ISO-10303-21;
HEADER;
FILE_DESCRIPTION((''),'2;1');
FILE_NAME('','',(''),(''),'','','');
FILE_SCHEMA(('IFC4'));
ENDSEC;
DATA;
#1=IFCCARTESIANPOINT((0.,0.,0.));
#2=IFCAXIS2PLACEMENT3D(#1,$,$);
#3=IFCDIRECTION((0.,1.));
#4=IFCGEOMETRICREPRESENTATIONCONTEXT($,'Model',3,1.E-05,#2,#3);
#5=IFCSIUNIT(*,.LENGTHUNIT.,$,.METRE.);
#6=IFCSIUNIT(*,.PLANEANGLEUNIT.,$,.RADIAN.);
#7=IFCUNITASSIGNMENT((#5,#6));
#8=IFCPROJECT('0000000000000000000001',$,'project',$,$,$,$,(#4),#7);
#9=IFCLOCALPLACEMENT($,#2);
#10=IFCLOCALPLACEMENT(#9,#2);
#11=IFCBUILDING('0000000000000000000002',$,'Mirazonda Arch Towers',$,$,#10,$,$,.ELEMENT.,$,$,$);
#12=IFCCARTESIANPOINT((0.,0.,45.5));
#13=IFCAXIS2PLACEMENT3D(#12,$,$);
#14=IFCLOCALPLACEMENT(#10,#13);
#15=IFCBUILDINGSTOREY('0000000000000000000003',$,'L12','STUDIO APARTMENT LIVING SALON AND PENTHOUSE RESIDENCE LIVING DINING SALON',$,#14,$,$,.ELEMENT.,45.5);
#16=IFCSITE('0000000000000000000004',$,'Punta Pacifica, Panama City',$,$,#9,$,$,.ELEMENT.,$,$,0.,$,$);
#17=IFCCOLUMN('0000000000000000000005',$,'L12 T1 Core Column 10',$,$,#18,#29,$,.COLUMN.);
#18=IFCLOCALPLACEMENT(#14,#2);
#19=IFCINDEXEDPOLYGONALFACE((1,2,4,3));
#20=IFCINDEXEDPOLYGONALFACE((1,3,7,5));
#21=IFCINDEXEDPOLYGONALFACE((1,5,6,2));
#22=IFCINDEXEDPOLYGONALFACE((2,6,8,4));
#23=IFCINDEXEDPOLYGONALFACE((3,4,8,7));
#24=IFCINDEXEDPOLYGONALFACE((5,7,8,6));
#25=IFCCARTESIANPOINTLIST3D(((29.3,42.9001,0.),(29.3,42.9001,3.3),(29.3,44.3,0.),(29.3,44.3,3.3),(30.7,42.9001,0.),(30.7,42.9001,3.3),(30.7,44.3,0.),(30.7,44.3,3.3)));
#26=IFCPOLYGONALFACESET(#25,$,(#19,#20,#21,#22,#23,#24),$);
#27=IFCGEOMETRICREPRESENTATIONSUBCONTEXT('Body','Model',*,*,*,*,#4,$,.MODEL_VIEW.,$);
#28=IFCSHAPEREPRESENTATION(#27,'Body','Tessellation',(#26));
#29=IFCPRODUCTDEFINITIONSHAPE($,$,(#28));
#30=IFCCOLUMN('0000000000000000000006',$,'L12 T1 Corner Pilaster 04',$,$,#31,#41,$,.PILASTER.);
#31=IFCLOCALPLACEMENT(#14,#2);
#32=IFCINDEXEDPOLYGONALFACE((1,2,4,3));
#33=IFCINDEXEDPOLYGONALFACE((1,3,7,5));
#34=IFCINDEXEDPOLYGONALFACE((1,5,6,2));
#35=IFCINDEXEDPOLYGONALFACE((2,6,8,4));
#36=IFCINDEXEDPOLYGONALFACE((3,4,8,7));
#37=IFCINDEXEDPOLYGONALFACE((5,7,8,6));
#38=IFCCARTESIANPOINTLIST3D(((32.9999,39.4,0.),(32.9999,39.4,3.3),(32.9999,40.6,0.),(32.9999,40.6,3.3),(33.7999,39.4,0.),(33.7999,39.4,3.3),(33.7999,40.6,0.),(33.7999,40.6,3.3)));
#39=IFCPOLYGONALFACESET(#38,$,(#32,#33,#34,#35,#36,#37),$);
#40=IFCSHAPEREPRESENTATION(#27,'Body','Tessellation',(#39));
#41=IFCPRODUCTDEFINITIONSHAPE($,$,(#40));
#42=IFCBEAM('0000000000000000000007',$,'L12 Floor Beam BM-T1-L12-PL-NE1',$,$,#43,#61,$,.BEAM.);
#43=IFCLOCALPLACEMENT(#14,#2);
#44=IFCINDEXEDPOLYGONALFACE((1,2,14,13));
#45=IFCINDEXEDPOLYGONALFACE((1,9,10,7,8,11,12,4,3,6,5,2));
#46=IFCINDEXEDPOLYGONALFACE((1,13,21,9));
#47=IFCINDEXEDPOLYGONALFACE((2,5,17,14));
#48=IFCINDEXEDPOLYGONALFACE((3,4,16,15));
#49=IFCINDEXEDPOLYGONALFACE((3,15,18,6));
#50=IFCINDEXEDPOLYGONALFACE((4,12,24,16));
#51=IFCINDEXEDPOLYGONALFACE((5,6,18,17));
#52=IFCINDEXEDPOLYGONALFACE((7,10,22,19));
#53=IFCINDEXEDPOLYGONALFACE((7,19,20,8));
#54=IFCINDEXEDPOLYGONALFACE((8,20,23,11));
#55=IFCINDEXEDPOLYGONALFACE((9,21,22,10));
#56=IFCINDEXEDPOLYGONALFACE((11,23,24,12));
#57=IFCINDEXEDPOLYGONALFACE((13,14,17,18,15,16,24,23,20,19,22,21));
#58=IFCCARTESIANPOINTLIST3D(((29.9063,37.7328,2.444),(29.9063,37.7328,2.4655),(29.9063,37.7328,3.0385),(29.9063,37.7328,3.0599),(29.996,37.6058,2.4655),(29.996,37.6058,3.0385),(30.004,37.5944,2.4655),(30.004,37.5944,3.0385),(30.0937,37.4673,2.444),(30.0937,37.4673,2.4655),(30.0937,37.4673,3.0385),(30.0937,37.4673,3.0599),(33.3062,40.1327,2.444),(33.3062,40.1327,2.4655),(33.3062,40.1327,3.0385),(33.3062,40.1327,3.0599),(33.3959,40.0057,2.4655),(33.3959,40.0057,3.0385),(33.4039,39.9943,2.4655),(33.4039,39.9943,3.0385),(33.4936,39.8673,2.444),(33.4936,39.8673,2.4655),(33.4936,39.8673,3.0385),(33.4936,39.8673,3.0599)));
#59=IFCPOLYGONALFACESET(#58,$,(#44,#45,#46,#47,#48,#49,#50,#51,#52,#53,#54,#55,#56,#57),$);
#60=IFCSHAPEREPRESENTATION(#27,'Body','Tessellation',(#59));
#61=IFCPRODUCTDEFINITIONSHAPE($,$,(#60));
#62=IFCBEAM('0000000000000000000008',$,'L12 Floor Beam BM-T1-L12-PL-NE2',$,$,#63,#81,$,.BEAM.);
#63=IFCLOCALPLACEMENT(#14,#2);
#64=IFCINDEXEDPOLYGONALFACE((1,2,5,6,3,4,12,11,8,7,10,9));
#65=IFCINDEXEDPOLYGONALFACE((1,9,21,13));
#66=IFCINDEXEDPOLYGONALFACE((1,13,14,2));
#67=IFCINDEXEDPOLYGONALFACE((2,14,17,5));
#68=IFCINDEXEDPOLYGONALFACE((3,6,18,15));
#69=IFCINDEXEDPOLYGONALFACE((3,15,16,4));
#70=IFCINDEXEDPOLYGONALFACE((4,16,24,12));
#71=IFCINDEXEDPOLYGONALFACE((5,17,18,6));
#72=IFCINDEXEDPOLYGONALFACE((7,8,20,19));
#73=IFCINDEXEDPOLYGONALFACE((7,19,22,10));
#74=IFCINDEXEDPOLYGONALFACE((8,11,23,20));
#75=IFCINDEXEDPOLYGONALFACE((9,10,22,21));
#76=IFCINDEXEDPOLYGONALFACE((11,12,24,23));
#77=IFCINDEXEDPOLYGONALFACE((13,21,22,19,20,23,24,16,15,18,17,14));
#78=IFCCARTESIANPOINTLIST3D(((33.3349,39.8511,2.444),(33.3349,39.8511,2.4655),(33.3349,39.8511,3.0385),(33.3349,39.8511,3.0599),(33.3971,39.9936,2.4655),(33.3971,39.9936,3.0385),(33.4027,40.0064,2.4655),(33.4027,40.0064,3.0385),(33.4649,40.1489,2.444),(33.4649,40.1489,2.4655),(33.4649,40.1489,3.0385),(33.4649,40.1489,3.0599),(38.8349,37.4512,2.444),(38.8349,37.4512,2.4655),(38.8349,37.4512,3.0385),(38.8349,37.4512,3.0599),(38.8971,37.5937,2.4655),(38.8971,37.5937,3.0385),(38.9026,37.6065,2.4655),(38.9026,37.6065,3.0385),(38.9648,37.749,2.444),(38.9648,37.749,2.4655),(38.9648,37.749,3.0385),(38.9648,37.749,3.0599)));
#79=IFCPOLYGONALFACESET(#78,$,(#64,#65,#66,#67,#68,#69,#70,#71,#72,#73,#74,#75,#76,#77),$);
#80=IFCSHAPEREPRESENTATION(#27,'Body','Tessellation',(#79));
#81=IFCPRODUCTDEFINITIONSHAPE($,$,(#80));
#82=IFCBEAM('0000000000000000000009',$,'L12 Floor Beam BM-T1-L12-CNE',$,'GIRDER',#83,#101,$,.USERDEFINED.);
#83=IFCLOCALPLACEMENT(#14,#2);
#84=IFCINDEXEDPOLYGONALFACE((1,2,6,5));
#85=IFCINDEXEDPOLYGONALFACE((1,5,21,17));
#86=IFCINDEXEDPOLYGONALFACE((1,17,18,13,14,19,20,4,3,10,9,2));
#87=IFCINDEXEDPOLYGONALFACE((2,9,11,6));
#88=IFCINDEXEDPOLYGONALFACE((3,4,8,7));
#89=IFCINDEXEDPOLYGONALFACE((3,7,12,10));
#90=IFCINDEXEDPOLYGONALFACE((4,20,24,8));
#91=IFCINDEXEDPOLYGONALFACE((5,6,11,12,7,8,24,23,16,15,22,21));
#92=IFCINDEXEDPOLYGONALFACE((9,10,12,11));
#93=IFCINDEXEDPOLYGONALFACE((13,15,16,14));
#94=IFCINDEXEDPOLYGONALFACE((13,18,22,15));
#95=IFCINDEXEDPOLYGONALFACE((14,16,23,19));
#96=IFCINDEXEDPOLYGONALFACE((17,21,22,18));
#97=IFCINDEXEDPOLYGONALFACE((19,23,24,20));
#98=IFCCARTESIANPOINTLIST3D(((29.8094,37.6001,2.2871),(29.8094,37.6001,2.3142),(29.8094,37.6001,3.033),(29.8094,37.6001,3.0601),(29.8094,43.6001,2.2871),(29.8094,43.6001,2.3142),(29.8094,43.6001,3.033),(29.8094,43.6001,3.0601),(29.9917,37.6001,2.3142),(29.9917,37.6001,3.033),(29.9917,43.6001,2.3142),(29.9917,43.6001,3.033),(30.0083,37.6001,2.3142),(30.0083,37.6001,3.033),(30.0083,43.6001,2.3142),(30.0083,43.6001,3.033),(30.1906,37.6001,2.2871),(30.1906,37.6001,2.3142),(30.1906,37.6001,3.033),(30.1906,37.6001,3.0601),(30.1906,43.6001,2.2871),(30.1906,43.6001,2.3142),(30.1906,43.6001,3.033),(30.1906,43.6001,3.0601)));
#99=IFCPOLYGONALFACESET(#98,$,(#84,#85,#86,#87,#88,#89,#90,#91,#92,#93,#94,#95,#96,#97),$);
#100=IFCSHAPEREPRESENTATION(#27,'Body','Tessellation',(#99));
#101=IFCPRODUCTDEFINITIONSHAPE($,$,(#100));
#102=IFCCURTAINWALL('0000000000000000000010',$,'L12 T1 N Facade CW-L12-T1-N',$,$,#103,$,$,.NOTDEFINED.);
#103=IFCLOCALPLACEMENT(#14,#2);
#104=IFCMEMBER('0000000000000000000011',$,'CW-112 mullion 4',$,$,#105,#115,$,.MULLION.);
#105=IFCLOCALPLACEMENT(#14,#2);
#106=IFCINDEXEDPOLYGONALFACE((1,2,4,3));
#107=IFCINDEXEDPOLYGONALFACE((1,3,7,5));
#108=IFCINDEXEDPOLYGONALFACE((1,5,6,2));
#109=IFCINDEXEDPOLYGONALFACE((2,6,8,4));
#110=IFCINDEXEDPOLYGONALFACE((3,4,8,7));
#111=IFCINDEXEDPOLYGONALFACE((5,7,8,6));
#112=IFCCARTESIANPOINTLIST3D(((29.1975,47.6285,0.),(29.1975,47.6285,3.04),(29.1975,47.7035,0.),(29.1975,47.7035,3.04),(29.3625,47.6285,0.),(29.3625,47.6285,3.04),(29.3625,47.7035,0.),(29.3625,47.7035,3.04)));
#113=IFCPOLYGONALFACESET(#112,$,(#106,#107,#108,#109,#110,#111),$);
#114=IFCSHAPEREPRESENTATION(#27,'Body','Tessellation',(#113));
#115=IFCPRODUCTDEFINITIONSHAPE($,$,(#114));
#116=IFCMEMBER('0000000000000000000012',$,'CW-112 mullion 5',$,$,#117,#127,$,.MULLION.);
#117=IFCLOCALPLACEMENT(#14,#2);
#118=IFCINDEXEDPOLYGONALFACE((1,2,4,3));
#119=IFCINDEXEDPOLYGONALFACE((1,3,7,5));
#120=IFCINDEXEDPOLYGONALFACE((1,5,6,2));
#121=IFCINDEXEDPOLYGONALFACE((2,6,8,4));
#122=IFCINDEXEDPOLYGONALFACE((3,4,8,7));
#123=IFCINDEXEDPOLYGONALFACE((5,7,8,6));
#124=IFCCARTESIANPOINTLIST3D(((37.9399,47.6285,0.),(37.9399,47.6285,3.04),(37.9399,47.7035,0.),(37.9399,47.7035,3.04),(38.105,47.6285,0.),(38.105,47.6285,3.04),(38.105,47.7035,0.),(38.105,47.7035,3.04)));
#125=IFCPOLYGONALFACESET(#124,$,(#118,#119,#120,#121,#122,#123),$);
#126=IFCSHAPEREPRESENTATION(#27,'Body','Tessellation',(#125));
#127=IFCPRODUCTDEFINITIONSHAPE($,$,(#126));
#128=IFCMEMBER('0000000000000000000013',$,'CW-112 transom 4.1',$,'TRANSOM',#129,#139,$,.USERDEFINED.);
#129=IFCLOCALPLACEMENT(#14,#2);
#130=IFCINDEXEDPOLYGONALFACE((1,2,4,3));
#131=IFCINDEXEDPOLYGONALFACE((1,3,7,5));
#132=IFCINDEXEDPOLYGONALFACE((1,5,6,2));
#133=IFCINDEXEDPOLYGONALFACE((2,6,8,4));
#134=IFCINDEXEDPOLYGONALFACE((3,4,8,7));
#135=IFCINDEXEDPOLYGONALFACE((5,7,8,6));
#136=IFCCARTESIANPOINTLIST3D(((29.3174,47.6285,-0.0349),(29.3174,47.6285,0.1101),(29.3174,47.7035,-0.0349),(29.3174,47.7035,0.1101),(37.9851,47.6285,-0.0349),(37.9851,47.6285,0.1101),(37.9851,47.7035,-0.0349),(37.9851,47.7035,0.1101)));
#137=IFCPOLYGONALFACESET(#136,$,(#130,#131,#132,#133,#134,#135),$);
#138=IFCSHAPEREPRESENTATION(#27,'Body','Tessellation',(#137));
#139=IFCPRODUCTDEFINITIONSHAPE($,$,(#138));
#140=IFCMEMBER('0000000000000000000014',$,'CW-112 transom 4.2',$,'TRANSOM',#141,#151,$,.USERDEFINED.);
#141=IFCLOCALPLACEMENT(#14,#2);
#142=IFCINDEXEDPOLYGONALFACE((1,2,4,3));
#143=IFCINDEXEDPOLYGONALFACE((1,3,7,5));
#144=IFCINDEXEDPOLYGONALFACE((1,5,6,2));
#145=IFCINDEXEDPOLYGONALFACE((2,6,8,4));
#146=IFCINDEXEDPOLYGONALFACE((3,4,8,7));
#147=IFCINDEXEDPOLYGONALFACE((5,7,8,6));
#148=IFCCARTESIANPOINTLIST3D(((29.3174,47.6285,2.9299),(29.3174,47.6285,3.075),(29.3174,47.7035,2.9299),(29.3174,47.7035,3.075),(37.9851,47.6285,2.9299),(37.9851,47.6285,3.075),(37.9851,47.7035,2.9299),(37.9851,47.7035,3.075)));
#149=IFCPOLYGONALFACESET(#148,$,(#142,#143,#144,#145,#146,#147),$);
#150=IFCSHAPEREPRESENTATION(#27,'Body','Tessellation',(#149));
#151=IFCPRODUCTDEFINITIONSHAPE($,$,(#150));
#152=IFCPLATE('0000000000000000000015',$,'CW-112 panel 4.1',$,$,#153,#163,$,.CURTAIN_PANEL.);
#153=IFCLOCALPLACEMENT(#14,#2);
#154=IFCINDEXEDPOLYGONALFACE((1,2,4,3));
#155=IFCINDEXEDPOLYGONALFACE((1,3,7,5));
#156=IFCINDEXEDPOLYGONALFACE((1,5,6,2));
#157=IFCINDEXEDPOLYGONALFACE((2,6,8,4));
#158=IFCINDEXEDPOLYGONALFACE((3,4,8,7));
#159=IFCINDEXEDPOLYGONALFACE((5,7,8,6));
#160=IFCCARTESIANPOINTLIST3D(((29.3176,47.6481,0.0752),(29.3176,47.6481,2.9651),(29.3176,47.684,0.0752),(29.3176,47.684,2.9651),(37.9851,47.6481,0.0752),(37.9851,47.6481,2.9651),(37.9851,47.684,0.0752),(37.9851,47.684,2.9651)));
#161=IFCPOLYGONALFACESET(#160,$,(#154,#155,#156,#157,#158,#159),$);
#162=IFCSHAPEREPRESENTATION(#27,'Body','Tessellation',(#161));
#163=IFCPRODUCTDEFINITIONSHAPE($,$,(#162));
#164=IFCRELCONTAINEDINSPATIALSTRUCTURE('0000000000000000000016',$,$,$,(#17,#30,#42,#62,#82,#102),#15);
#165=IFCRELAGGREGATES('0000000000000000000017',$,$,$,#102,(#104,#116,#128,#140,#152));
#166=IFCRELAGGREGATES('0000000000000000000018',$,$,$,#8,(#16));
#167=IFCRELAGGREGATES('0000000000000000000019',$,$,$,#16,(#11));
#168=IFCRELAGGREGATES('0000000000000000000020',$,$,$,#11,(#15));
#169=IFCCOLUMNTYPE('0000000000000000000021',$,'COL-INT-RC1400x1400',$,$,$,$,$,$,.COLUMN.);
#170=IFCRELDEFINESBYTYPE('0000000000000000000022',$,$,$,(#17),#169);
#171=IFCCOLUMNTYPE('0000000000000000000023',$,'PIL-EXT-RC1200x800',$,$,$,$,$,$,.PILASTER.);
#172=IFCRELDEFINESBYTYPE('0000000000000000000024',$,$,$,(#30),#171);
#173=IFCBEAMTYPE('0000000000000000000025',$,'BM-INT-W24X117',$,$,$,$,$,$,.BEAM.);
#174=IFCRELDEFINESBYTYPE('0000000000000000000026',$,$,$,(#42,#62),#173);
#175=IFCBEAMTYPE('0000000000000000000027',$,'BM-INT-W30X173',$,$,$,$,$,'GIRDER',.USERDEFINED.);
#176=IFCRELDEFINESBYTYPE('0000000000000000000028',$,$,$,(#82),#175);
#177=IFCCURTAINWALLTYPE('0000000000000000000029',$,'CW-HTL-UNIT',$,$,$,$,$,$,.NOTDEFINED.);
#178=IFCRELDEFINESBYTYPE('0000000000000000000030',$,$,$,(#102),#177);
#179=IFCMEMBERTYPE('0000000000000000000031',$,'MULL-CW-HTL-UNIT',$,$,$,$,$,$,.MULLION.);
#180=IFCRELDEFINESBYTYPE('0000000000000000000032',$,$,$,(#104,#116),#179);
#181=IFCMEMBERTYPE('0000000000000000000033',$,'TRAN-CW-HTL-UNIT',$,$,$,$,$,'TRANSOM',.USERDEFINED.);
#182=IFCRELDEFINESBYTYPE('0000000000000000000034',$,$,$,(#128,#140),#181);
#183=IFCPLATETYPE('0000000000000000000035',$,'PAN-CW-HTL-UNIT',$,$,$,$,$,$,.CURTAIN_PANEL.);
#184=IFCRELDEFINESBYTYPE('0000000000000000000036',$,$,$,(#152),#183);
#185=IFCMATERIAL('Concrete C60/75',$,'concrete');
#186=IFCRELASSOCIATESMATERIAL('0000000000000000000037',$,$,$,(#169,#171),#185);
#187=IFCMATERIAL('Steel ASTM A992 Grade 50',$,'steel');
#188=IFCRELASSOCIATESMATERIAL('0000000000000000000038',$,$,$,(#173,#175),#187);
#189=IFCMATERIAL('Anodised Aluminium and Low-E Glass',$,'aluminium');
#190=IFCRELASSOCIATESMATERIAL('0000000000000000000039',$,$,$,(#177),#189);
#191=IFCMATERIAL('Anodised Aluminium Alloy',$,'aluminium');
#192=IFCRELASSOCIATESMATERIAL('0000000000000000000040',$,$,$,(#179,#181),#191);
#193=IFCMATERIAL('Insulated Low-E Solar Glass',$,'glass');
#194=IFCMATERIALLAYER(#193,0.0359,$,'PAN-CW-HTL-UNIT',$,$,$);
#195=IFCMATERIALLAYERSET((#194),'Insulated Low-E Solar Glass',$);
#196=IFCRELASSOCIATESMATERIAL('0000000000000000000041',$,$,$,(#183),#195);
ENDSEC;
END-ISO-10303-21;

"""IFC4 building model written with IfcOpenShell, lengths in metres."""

from ifc_helpers import new_model, si_unit, direction, frame, origin, origin_2d, place, context, subcontext, project, spatial, rectangle, i_section, extrude, material, layer, layer_set, material_profile, profile_set, type_object, element, aggregate, save


model = new_model("IFC4")

# Units and contexts
model_context = context("Model", 3, precision=1e-05, world=origin(), true_north=direction((0.0, 1.0)))
body_context = subcontext(model_context, "Body", "Model", "MODEL_VIEW")
ifc_project = project(units=[si_unit("LENGTHUNIT", "METRE"), si_unit("PLANEANGLEUNIT", "RADIAN")], contexts=[model_context])

# Site, building, storey
site_placement = place(None, origin())
site = spatial("IfcSite", under=ifc_project, at=site_placement, Name="Punta Pacifica, Panama City", CompositionType="ELEMENT", RefElevation=0.0)
building_placement = place(site_placement, origin())
building = spatial("IfcBuilding", under=site, at=building_placement, Name="Mirazonda Arch Towers", CompositionType="ELEMENT")
storey_placement = place(building_placement, frame((0.0, 0.0, 45.5)))
storey = spatial("IfcBuildingStorey", under=building, at=storey_placement, Name="L12", Description="STUDIO APARTMENT LIVING SALON AND PENTHOUSE RESIDENCE LIVING DINING SALON", CompositionType="ELEMENT", Elevation=45.5)

# Columns
ifc_material_1 = material(Name="Concrete C60/75", Category="concrete")
ifc_material_profile_1 = material_profile(ifc_material_1, rectangle(XDim=1.3999, YDim=1.3999, at=origin_2d()), Name="RC1400x1400")
ifc_profile_set_1 = profile_set([ifc_material_profile_1], Name="Concrete C60/75")
column_type_1 = type_object("IfcColumnType", Name="COL-INT-RC1400x1400", PredefinedType="COLUMN", material=ifc_profile_set_1)
column_1_placement = place(storey_placement, frame((30.0, 43.6001, 0.0), z_axis=(0.0, 0.0, 1.0), x_axis=(1.0, 0.0, 0.0)))
element("IfcColumn", 1, at=column_1_placement, inside=storey, type_object=column_type_1, Name="L12 T1 Core Column 10", PredefinedType="COLUMN", context=body_context, shape_type="SweptSolid", body=[
    extrude(rectangle(XDim=1.3999, YDim=1.3999, at=origin_2d()), origin(), (0.0, 0.0, 1.0), 3.3),
])
ifc_material_profile_2 = material_profile(ifc_material_1, rectangle(XDim=0.8, YDim=1.2, at=origin_2d()), Name="RC1200x800")
ifc_profile_set_2 = profile_set([ifc_material_profile_2], Name="Concrete C60/75")
column_type_2 = type_object("IfcColumnType", Name="PIL-EXT-RC1200x800", PredefinedType="PILASTER", material=ifc_profile_set_2)
column_2_placement = place(storey_placement, frame((33.3999, 40.0, 0.0), z_axis=(0.0, 0.0, 1.0), x_axis=(1.0, 0.0, 0.0)))
element("IfcColumn", 2, at=column_2_placement, inside=storey, type_object=column_type_2, Name="L12 T1 Corner Pilaster 04", PredefinedType="PILASTER", context=body_context, shape_type="SweptSolid", body=[
    extrude(rectangle(XDim=0.8, YDim=1.2, at=origin_2d()), origin(), (0.0, 0.0, 1.0), 3.3),
])

# Beams
ifc_material_2 = material(Name="Steel ASTM A992 Grade 50", Category="steel")
ifc_material_profile_3 = material_profile(ifc_material_2, i_section(OverallWidth=0.325, OverallDepth=0.616, WebThickness=0.0139, FlangeThickness=0.0215, at=origin_2d()), Name="W24X117")
ifc_profile_set_3 = profile_set([ifc_material_profile_3], Name="Steel ASTM A992 Grade 50")
beam_type_1 = type_object("IfcBeamType", Name="BM-INT-W24X117", PredefinedType="BEAM", material=ifc_profile_set_3)
beam_1_placement = place(storey_placement, frame((33.3999, 40.0, 2.752), z_axis=(-0.816971, -0.576679, 0.0), x_axis=(0.576679, -0.816971, 0.0)))
element("IfcBeam", 3, at=beam_1_placement, inside=storey, type_object=beam_type_1, Name="L12 Floor Beam BM-T1-L12-PL-NE1", PredefinedType="BEAM", context=body_context, shape_type="SweptSolid", body=[
    extrude(i_section(OverallWidth=0.325, OverallDepth=0.616, WebThickness=0.0139, FlangeThickness=0.0215, at=origin_2d()), origin(), (0.0, 0.0, 1.0), 4.1616),
])
beam_2_placement = place(storey_placement, frame((33.3999, 40.0, 2.752), z_axis=(0.916545, -0.399931, 0.0), x_axis=(0.399931, 0.916545, 0.0)))
element("IfcBeam", 4, at=beam_2_placement, inside=storey, type_object=beam_type_1, Name="L12 Floor Beam BM-T1-L12-PL-NE2", PredefinedType="BEAM", context=body_context, shape_type="SweptSolid", body=[
    extrude(i_section(OverallWidth=0.325, OverallDepth=0.616, WebThickness=0.0139, FlangeThickness=0.0215, at=origin_2d()), origin(), (0.0, 0.0, 1.0), 6.0007),
])
ifc_material_profile_4 = material_profile(ifc_material_2, i_section(OverallWidth=0.3811, OverallDepth=0.7729, WebThickness=0.0166, FlangeThickness=0.0271, at=origin_2d()), Name="W30X173")
ifc_profile_set_4 = profile_set([ifc_material_profile_4], Name="Steel ASTM A992 Grade 50")
beam_type_2 = type_object("IfcBeamType", Name="BM-INT-W30X173", ElementType="GIRDER", PredefinedType="USERDEFINED", material=ifc_profile_set_4)
beam_3_placement = place(storey_placement, frame((30.0, 37.6001, 2.6736), z_axis=(0.0, 1.0, 0.0), x_axis=(-1.0, 0.0, 0.0)))
element("IfcBeam", 5, at=beam_3_placement, inside=storey, type_object=beam_type_2, Name="L12 Floor Beam BM-T1-L12-CNE", ObjectType="GIRDER", PredefinedType="USERDEFINED", context=body_context, shape_type="SweptSolid", body=[
    extrude(i_section(OverallWidth=0.3811, OverallDepth=0.7729, WebThickness=0.0166, FlangeThickness=0.0271, at=origin_2d()), origin(), (0.0, 0.0, 1.0), 6.0),
])

# Curtain wall, members, plate
ifc_material_3 = material(Name="Anodised Aluminium and Low-E Glass", Category="aluminium")
curtain_wall_type = type_object("IfcCurtainWallType", Name="CW-HTL-UNIT", PredefinedType="NOTDEFINED", material=ifc_material_3)
curtain_wall_placement = place(storey_placement, origin())
curtain_wall = element("IfcCurtainWall", 6, at=curtain_wall_placement, inside=storey, type_object=curtain_wall_type, Name="L12 T1 N Facade CW-L12-T1-N", PredefinedType="NOTDEFINED")
ifc_material_4 = material(Name="Anodised Aluminium Alloy", Category="aluminium")
ifc_material_profile_5 = material_profile(ifc_material_4, rectangle(XDim=0.075, YDim=0.165, at=origin_2d()), Name="ALU-MULL-75x165")
ifc_profile_set_5 = profile_set([ifc_material_profile_5], Name="Anodised Aluminium Alloy")
member_type_1 = type_object("IfcMemberType", Name="MULL-CW-HTL-UNIT", PredefinedType="MULLION", material=ifc_profile_set_5)
member_1_placement = place(storey_placement, frame((29.28, 47.666, 0.0), z_axis=(0.0, 0.0, 1.0), x_axis=(0.0, 1.0, 0.0)))
member_1 = element("IfcMember", 7, at=member_1_placement, type_object=member_type_1, Name="CW-112 mullion 4", PredefinedType="MULLION", context=body_context, shape_type="SweptSolid", body=[
    extrude(rectangle(XDim=0.075, YDim=0.165, at=origin_2d()), origin(), (0.0, 0.0, 1.0), 3.04),
])
member_2_placement = place(storey_placement, frame((38.0225, 47.666, 0.0), z_axis=(0.0, 0.0, 1.0), x_axis=(0.0, 1.0, 0.0)))
member_2 = element("IfcMember", 8, at=member_2_placement, type_object=member_type_1, Name="CW-112 mullion 5", PredefinedType="MULLION", context=body_context, shape_type="SweptSolid", body=[
    extrude(rectangle(XDim=0.075, YDim=0.165, at=origin_2d()), origin(), (0.0, 0.0, 1.0), 3.04),
])
ifc_material_profile_6 = material_profile(ifc_material_4, rectangle(XDim=0.075, YDim=0.145, at=origin_2d()), Name="ALU-TRAN-75x145")
ifc_profile_set_6 = profile_set([ifc_material_profile_6], Name="Anodised Aluminium Alloy")
member_type_2 = type_object("IfcMemberType", Name="TRAN-CW-HTL-UNIT", ElementType="TRANSOM", PredefinedType="USERDEFINED", material=ifc_profile_set_6)
member_3_placement = place(storey_placement, frame((29.3174, 47.666, 0.0376), z_axis=(1.0, 0.0, 0.0), x_axis=(0.0, 1.0, 0.0)))
member_3 = element("IfcMember", 9, at=member_3_placement, type_object=member_type_2, Name="CW-112 transom 4.1", ObjectType="TRANSOM", PredefinedType="USERDEFINED", context=body_context, shape_type="SweptSolid", body=[
    extrude(rectangle(XDim=0.075, YDim=0.145, at=origin_2d()), origin(), (0.0, 0.0, 1.0), 8.6677),
])
member_4_placement = place(storey_placement, frame((29.3174, 47.666, 3.0024), z_axis=(1.0, 0.0, 0.0), x_axis=(0.0, 1.0, 0.0)))
member_4 = element("IfcMember", 10, at=member_4_placement, type_object=member_type_2, Name="CW-112 transom 4.2", ObjectType="TRANSOM", PredefinedType="USERDEFINED", context=body_context, shape_type="SweptSolid", body=[
    extrude(rectangle(XDim=0.075, YDim=0.145, at=origin_2d()), origin(), (0.0, 0.0, 1.0), 8.6677),
])
ifc_material_5 = material(Name="Insulated Low-E Solar Glass", Category="glass")
ifc_layer_1 = layer(ifc_material_5, 0.0359, Name="PAN-CW-HTL-UNIT")
ifc_layer_set_1 = layer_set([ifc_layer_1], Name="Insulated Low-E Solar Glass")
plate_type = type_object("IfcPlateType", Name="PAN-CW-HTL-UNIT", PredefinedType="CURTAIN_PANEL", material=ifc_layer_set_1)
plate_placement = place(storey_placement, frame((33.6514, 47.666, 0.0752), z_axis=(0.0, 0.0, 1.0), x_axis=(1.0, 0.0, 0.0)))
plate = element("IfcPlate", 11, at=plate_placement, type_object=plate_type, Name="CW-112 panel 4.1", PredefinedType="CURTAIN_PANEL", context=body_context, shape_type="SweptSolid", body=[
    extrude(rectangle(XDim=8.6675, YDim=0.0359, at=origin_2d()), origin(), (0.0, 0.0, 1.0), 2.8899),
])
aggregate(curtain_wall, [member_1, member_2, member_3, member_4, plate])

save(model, "model.ifc")
